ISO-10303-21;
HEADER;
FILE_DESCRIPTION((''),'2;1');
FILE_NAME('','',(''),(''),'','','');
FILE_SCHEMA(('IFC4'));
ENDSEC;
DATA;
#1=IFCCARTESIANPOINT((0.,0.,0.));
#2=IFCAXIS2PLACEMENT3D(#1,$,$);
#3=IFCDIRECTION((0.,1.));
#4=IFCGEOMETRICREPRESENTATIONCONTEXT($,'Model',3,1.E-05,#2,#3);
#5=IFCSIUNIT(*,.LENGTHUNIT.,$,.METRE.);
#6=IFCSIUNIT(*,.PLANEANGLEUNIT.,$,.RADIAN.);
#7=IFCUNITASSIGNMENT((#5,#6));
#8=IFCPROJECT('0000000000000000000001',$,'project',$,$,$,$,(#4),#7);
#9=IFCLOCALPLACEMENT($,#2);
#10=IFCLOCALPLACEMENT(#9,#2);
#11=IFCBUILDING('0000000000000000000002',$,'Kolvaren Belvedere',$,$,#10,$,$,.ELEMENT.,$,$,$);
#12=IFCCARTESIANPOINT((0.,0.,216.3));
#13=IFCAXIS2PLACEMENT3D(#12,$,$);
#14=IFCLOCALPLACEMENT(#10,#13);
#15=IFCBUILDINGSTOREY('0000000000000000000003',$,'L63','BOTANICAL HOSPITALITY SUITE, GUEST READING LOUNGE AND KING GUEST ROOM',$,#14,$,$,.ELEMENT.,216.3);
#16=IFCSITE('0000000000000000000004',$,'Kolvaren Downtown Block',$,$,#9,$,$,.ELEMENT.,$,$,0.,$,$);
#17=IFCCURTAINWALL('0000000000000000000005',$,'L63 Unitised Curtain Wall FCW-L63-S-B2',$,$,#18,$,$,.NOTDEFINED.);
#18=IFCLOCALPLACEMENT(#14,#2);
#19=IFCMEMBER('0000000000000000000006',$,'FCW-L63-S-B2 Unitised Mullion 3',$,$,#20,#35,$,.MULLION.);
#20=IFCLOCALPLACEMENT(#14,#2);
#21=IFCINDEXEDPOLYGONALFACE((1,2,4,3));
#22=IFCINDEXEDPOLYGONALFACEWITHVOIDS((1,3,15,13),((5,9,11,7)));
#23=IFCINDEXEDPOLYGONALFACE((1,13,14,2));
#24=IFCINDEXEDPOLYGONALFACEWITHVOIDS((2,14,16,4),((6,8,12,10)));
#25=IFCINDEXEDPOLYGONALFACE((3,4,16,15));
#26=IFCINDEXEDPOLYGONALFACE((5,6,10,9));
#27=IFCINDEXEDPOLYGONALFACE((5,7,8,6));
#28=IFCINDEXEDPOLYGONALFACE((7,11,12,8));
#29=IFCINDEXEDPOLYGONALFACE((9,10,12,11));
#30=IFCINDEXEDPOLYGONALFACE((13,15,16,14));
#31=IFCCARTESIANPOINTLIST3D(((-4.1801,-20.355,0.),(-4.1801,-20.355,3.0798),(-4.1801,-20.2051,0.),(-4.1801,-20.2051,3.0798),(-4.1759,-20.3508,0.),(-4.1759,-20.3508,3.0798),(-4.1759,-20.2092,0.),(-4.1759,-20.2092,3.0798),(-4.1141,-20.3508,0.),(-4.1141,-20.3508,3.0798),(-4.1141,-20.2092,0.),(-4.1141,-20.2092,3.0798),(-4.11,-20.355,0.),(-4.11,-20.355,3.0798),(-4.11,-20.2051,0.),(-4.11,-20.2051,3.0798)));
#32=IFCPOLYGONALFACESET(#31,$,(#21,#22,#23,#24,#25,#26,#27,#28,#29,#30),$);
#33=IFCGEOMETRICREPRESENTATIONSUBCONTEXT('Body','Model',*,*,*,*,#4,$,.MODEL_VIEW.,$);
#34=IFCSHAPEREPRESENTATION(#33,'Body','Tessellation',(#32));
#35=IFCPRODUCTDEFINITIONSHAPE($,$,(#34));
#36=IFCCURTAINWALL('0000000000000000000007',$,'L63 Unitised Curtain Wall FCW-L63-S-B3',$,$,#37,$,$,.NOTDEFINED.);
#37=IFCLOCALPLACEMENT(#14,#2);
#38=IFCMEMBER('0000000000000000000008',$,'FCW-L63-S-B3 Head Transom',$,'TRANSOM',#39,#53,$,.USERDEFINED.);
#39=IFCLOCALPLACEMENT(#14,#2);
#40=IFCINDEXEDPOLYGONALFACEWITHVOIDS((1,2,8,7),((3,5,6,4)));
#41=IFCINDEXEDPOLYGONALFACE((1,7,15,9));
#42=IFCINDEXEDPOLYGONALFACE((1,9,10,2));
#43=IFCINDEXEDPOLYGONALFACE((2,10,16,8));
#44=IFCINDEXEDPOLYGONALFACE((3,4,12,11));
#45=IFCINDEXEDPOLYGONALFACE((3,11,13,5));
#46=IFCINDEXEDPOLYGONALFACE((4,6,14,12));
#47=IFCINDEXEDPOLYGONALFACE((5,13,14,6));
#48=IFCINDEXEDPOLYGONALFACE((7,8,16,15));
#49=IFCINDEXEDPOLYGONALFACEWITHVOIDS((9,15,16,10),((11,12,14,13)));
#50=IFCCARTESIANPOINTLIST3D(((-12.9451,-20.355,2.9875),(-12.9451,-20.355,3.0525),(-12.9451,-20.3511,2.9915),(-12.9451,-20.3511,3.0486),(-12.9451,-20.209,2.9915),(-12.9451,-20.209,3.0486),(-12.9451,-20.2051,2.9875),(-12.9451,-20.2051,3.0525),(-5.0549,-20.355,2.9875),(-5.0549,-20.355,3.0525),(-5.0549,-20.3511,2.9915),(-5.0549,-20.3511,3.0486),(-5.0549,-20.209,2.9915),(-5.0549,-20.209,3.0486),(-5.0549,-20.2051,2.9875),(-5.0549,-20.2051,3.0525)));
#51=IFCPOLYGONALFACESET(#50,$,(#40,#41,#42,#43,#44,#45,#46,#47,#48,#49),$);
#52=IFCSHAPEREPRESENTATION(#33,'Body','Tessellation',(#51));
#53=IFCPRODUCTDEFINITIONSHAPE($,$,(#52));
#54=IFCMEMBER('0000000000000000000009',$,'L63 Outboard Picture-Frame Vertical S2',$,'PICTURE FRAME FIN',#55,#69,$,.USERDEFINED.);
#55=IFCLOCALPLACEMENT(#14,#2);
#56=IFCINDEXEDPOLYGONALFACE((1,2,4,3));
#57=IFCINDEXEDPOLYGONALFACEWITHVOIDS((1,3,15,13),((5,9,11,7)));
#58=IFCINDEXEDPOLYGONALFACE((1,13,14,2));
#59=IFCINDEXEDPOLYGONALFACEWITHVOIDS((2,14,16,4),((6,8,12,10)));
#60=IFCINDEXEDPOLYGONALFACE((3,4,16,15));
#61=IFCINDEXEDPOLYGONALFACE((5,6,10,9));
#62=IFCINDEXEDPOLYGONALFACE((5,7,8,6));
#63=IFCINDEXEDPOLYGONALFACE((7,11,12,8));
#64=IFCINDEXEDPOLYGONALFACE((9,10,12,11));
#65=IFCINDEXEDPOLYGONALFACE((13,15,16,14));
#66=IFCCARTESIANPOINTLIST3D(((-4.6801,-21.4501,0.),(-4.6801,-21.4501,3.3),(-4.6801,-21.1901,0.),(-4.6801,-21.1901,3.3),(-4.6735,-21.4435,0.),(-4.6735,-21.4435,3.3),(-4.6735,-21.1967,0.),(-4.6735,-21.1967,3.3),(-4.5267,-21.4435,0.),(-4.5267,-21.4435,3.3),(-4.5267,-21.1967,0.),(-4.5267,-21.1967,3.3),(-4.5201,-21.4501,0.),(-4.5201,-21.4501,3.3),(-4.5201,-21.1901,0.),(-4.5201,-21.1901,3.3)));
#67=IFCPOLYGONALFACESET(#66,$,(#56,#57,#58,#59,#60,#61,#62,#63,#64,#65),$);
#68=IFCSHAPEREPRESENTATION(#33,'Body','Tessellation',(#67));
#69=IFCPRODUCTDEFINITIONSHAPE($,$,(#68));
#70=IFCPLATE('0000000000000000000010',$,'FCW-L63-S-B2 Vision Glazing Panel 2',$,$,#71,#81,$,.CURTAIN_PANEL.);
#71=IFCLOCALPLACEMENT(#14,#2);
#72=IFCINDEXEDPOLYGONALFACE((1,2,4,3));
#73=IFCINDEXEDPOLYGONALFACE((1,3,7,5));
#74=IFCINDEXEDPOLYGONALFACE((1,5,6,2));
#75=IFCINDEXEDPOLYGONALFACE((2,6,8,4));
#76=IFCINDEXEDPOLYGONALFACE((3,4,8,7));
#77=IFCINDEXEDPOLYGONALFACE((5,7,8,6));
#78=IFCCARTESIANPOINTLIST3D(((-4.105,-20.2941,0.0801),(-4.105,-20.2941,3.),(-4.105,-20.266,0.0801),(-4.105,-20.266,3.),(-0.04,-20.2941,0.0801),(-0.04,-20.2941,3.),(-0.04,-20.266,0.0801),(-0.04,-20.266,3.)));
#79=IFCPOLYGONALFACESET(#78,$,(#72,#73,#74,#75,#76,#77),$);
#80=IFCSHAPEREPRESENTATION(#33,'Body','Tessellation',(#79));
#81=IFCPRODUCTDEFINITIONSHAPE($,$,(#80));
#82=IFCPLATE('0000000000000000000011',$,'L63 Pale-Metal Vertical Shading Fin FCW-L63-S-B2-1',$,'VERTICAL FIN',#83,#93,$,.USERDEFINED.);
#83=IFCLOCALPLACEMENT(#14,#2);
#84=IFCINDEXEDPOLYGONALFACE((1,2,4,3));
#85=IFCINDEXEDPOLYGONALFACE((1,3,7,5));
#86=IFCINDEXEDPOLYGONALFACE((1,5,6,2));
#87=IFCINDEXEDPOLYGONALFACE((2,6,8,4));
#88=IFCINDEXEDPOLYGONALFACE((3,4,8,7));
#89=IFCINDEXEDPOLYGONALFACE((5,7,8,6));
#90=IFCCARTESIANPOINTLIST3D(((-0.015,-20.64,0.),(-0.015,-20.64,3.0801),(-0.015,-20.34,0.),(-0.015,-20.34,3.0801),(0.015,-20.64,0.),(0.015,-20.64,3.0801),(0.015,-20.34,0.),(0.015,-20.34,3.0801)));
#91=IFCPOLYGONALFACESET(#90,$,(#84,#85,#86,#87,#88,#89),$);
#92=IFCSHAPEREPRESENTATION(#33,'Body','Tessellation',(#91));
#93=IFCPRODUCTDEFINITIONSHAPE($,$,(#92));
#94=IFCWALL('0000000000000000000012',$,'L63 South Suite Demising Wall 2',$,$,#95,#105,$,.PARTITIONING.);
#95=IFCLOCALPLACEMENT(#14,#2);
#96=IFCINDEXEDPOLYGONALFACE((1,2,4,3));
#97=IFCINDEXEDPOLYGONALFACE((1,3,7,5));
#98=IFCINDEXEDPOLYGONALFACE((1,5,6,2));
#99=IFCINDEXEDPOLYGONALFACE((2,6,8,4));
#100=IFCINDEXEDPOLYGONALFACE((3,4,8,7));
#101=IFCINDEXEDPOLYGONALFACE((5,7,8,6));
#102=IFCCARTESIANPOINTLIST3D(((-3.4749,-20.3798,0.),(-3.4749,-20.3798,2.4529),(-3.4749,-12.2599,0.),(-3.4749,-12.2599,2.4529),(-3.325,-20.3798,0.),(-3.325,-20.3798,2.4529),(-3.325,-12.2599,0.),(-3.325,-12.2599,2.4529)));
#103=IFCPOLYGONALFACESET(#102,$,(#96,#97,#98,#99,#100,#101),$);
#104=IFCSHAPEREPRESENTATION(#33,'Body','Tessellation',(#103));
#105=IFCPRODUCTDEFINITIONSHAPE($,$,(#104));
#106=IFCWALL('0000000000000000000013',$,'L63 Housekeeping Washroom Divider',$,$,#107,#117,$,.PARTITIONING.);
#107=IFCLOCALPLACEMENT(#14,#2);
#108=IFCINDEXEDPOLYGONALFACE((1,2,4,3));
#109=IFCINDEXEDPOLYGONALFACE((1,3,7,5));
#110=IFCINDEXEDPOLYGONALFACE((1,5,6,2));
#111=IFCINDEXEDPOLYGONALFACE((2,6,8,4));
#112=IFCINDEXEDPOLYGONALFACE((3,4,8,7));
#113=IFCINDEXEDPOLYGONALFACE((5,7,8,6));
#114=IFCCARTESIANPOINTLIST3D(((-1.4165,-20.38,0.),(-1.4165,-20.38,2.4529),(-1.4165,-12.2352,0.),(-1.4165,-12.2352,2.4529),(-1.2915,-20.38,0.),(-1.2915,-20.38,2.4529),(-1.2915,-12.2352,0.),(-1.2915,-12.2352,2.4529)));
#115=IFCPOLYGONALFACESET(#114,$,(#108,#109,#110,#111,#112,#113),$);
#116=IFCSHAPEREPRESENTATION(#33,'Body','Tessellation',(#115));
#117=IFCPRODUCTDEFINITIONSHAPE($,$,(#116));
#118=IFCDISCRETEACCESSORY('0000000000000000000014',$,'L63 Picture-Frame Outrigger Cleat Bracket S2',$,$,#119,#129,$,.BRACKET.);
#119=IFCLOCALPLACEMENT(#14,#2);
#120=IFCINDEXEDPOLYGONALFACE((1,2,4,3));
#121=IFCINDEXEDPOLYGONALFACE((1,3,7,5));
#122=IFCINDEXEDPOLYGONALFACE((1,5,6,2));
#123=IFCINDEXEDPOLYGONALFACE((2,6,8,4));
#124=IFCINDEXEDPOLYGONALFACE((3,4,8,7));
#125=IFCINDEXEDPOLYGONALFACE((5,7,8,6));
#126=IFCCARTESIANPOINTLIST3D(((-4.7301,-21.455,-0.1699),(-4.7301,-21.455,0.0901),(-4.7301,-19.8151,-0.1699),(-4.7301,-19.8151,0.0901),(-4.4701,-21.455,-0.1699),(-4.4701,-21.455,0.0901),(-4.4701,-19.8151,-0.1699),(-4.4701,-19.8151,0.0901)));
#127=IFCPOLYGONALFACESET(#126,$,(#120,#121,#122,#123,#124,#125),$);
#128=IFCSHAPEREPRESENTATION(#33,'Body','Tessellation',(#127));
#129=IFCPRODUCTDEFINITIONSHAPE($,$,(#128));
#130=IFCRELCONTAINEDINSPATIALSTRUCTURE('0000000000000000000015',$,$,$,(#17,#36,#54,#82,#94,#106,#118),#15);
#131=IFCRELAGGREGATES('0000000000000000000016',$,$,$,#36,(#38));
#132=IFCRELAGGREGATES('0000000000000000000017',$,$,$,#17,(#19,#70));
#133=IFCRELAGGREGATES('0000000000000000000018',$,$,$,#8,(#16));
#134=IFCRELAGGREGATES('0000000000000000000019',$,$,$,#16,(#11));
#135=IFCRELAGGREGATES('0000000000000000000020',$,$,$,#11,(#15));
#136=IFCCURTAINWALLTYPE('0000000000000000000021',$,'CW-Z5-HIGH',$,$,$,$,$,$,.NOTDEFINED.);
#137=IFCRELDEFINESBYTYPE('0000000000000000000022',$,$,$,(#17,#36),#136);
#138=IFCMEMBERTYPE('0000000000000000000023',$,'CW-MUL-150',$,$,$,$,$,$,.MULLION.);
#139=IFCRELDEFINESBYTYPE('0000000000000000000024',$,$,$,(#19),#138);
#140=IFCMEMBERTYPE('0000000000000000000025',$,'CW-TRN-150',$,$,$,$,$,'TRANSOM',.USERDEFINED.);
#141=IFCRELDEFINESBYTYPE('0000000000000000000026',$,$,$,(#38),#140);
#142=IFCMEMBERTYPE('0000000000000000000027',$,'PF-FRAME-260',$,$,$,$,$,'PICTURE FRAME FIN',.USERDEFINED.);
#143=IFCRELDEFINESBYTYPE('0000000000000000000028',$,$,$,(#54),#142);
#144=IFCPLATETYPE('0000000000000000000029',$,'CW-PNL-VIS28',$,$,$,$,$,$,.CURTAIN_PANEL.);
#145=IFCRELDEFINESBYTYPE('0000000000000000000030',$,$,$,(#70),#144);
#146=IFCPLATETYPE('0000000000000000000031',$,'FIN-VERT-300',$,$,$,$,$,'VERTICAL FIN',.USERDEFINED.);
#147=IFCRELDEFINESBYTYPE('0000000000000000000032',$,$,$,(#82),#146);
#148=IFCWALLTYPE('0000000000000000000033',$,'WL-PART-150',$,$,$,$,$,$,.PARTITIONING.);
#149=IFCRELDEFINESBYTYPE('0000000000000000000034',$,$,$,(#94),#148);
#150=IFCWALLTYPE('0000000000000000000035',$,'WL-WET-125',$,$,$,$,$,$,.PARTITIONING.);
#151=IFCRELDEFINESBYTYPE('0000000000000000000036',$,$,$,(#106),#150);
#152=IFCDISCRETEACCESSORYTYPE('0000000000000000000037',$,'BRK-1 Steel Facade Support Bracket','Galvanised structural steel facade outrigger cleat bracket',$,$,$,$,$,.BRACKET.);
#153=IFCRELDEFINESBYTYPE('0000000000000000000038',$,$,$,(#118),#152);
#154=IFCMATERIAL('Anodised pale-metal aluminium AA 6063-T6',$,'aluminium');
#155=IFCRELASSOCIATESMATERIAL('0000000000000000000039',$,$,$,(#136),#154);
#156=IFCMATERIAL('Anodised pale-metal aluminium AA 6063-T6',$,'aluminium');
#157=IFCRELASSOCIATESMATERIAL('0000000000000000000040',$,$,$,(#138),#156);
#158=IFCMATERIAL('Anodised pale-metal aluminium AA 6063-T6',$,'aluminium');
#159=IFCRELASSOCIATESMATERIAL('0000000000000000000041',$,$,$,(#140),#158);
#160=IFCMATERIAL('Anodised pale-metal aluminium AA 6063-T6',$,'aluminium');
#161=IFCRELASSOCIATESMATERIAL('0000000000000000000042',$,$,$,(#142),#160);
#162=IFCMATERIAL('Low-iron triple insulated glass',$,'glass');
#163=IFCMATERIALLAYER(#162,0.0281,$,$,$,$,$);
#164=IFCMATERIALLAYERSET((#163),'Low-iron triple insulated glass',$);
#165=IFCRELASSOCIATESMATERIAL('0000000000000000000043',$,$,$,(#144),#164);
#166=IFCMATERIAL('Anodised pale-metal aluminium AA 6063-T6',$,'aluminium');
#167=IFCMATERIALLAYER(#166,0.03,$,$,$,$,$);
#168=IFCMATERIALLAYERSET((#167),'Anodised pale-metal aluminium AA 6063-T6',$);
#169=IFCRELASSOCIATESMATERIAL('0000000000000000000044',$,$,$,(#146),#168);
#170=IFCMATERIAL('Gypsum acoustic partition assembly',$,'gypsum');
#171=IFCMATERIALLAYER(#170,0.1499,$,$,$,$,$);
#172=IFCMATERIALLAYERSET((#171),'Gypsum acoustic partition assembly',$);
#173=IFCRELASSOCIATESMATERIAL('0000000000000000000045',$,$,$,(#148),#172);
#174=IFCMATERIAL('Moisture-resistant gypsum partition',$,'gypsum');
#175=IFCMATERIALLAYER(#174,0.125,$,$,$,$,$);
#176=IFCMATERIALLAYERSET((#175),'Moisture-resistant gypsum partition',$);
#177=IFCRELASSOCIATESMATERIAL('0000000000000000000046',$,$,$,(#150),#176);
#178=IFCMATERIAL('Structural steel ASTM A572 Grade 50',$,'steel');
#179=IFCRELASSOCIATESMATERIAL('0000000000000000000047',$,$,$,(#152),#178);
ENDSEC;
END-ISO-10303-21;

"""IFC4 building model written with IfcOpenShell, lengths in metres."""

from ifc_helpers import new_model, si_unit, direction, frame, frame_2d, origin, origin_2d, place, context, subcontext, project, spatial, rectangle, hollow_rectangle, extrude, material, layer, layer_set, material_profile, profile_set, type_object, element, aggregate, save


model = new_model("IFC4")

# Units and contexts
model_context = context("Model", 3, precision=1e-05, world=origin(), true_north=direction((0.0, 1.0)))
body_context = subcontext(model_context, "Body", "Model", "MODEL_VIEW")
ifc_project = project(units=[si_unit("LENGTHUNIT", "METRE"), si_unit("PLANEANGLEUNIT", "RADIAN")], contexts=[model_context])

# Site, building, storey
site_placement = place(None, origin())
site = spatial("IfcSite", under=ifc_project, at=site_placement, Name="Kolvaren Downtown Block", CompositionType="ELEMENT", RefElevation=0.0)
building_placement = place(site_placement, origin())
building = spatial("IfcBuilding", under=site, at=building_placement, Name="Kolvaren Belvedere", CompositionType="ELEMENT")
storey_placement = place(building_placement, frame((0.0, 0.0, 216.3)))
storey = spatial("IfcBuildingStorey", under=building, at=storey_placement, Name="L63", Description="BOTANICAL HOSPITALITY SUITE, GUEST READING LOUNGE AND KING GUEST ROOM", CompositionType="ELEMENT", Elevation=216.3)

# Curtain wall, member
ifc_material_1 = material(Name="Anodised pale-metal aluminium AA 6063-T6", Category="aluminium")
curtain_wall_type = type_object("IfcCurtainWallType", Name="CW-Z5-HIGH", PredefinedType="NOTDEFINED", material=ifc_material_1)
curtain_wall_1_placement = place(storey_placement, origin())
curtain_wall_1 = element("IfcCurtainWall", 1, at=curtain_wall_1_placement, inside=storey, type_object=curtain_wall_type, Name="L63 Unitised Curtain Wall FCW-L63-S-B2", PredefinedType="NOTDEFINED")
ifc_material_2 = material(Name="Anodised pale-metal aluminium AA 6063-T6", Category="aluminium")
ifc_material_profile_1 = material_profile(ifc_material_2, hollow_rectangle(XDim=0.0701, YDim=0.1499, WallThickness=0.0042, at=origin_2d()), Name="ALU-MUL-150X70")
ifc_profile_set_1 = profile_set([ifc_material_profile_1], Name="Anodised pale-metal aluminium AA 6063-T6")
member_type_1 = type_object("IfcMemberType", Name="CW-MUL-150", PredefinedType="MULLION", material=ifc_profile_set_1)
member_1_placement = place(storey_placement, frame((-4.145, -20.28, 0.0), z_axis=(0.0, 0.0, 1.0), x_axis=(1.0, 0.0, 0.0)))
member_1 = element("IfcMember", 2, at=member_1_placement, type_object=member_type_1, Name="FCW-L63-S-B2 Unitised Mullion 3", PredefinedType="MULLION", context=body_context, shape_type="SweptSolid", body=[
    extrude(hollow_rectangle(XDim=0.0701, YDim=0.1499, WallThickness=0.0042, at=origin_2d()), origin(), (0.0, 0.0, 1.0), 3.0798),
])

# Curtain wall, member
curtain_wall_2_placement = place(storey_placement, origin())
curtain_wall_2 = element("IfcCurtainWall", 3, at=curtain_wall_2_placement, inside=storey, type_object=curtain_wall_type, Name="L63 Unitised Curtain Wall FCW-L63-S-B3", PredefinedType="NOTDEFINED")
ifc_material_3 = material(Name="Anodised pale-metal aluminium AA 6063-T6", Category="aluminium")
ifc_material_profile_2 = material_profile(ifc_material_3, hollow_rectangle(XDim=0.0649, YDim=0.1499, WallThickness=0.0039, at=origin_2d()), Name="ALU-TRN-150X65")
ifc_profile_set_2 = profile_set([ifc_material_profile_2], Name="Anodised pale-metal aluminium AA 6063-T6")
member_type_2 = type_object("IfcMemberType", Name="CW-TRN-150", ElementType="TRANSOM", PredefinedType="USERDEFINED", material=ifc_profile_set_2)
member_2_placement = place(storey_placement, frame((-5.0549, -20.28, 3.02), z_axis=(-1.0, 0.0, 0.0), x_axis=(0.0, 0.0, 1.0)))
member_2 = element("IfcMember", 4, at=member_2_placement, type_object=member_type_2, Name="FCW-L63-S-B3 Head Transom", ObjectType="TRANSOM", PredefinedType="USERDEFINED", context=body_context, shape_type="SweptSolid", body=[
    extrude(hollow_rectangle(XDim=0.0649, YDim=0.1499, WallThickness=0.0039, at=origin_2d()), origin(), (0.0, 0.0, 1.0), 7.8901),
])
aggregate(curtain_wall_2, [member_2])

# Member
ifc_material_4 = material(Name="Anodised pale-metal aluminium AA 6063-T6", Category="aluminium")
ifc_material_profile_3 = material_profile(ifc_material_4, hollow_rectangle(XDim=0.1599, YDim=0.26, WallThickness=0.0066, at=origin_2d()), Name="ALU-PF-260X160")
ifc_profile_set_3 = profile_set([ifc_material_profile_3], Name="Anodised pale-metal aluminium AA 6063-T6")
member_type_3 = type_object("IfcMemberType", Name="PF-FRAME-260", ElementType="PICTURE FRAME FIN", PredefinedType="USERDEFINED", material=ifc_profile_set_3)
member_3_placement = place(storey_placement, frame((-4.6001, -21.3201, 0.0), z_axis=(0.0, 0.0, 1.0), x_axis=(1.0, 0.0, 0.0)))
element("IfcMember", 5, at=member_3_placement, inside=storey, type_object=member_type_3, Name="L63 Outboard Picture-Frame Vertical S2", ObjectType="PICTURE FRAME FIN", PredefinedType="USERDEFINED", context=body_context, shape_type="SweptSolid", body=[
    extrude(hollow_rectangle(XDim=0.1599, YDim=0.26, WallThickness=0.0066, at=origin_2d()), origin(), (0.0, 0.0, 1.0), 3.3),
])

# Plates
ifc_material_5 = material(Name="Low-iron triple insulated glass", Category="glass")
ifc_layer_1 = layer(ifc_material_5, 0.0281)
ifc_layer_set_1 = layer_set([ifc_layer_1], Name="Low-iron triple insulated glass")
plate_type_1 = type_object("IfcPlateType", Name="CW-PNL-VIS28", PredefinedType="CURTAIN_PANEL", material=ifc_layer_set_1)
plate_1_placement = place(storey_placement, frame((-2.0725, -20.28, 0.0801), z_axis=(0.0, 0.0, 1.0), x_axis=(-1.0, 0.0, 0.0)))
plate_1 = element("IfcPlate", 6, at=plate_1_placement, type_object=plate_type_1, Name="FCW-L63-S-B2 Vision Glazing Panel 2", PredefinedType="CURTAIN_PANEL", context=body_context, shape_type="SweptSolid", body=[
    extrude(rectangle(XDim=4.0649, YDim=0.0281, at=origin_2d()), origin(), (0.0, 0.0, 1.0), 2.9199),
])
aggregate(curtain_wall_1, [member_1, plate_1])
ifc_material_6 = material(Name="Anodised pale-metal aluminium AA 6063-T6", Category="aluminium")
ifc_layer_2 = layer(ifc_material_6, 0.03)
ifc_layer_set_2 = layer_set([ifc_layer_2], Name="Anodised pale-metal aluminium AA 6063-T6")
plate_type_2 = type_object("IfcPlateType", Name="FIN-VERT-300", ElementType="VERTICAL FIN", PredefinedType="USERDEFINED", material=ifc_layer_set_2)
plate_2_placement = place(storey_placement, frame((0.0, -20.49, 0.0), z_axis=(0.0, 0.0, 1.0), x_axis=(0.0, 1.0, 0.0)))
element("IfcPlate", 7, at=plate_2_placement, inside=storey, type_object=plate_type_2, Name="L63 Pale-Metal Vertical Shading Fin FCW-L63-S-B2-1", ObjectType="VERTICAL FIN", PredefinedType="USERDEFINED", context=body_context, shape_type="SweptSolid", body=[
    extrude(rectangle(XDim=0.3, YDim=0.03, at=origin_2d()), origin(), (0.0, 0.0, 1.0), 3.0801),
])

# Walls
ifc_material_7 = material(Name="Gypsum acoustic partition assembly", Category="gypsum")
ifc_layer_3 = layer(ifc_material_7, 0.1499)
ifc_layer_set_3 = layer_set([ifc_layer_3], Name="Gypsum acoustic partition assembly")
wall_type_1 = type_object("IfcWallType", Name="WL-PART-150", PredefinedType="PARTITIONING", material=ifc_layer_set_3)
wall_1_placement = place(storey_placement, frame((-3.3999, -20.3799, 0.0), z_axis=(0.0, 0.0, 1.0), x_axis=(0.0, 1.0, 0.0)))
element("IfcWall", 8, at=wall_1_placement, inside=storey, type_object=wall_type_1, Name="L63 South Suite Demising Wall 2", PredefinedType="PARTITIONING", context=body_context, shape_type="SweptSolid", body=[
    extrude(rectangle(XDim=8.1199, YDim=0.1499, at=frame_2d((4.0601, 0.0))), origin(), (0.0, 0.0, 1.0), 2.4529),
])
ifc_material_8 = material(Name="Moisture-resistant gypsum partition", Category="gypsum")
ifc_layer_4 = layer(ifc_material_8, 0.125)
ifc_layer_set_4 = layer_set([ifc_layer_4], Name="Moisture-resistant gypsum partition")
wall_type_2 = type_object("IfcWallType", Name="WL-WET-125", PredefinedType="PARTITIONING", material=ifc_layer_set_4)
wall_2_placement = place(storey_placement, frame((-1.354, -20.3799, 0.0), z_axis=(0.0, 0.0, 1.0), x_axis=(0.0, 1.0, 0.0)))
element("IfcWall", 9, at=wall_2_placement, inside=storey, type_object=wall_type_2, Name="L63 Housekeeping Washroom Divider", PredefinedType="PARTITIONING", context=body_context, shape_type="SweptSolid", body=[
    extrude(rectangle(XDim=8.1448, YDim=0.125, at=frame_2d((4.0723, 0.0))), origin(), (0.0, 0.0, 1.0), 2.4529),
])

# Discrete accessory
ifc_material_9 = material(Name="Structural steel ASTM A572 Grade 50", Category="steel")
discrete_accessory_type = type_object("IfcDiscreteAccessoryType", Name="BRK-1 Steel Facade Support Bracket", Description="Galvanised structural steel facade outrigger cleat bracket", PredefinedType="BRACKET", material=ifc_material_9)
discrete_accessory_placement = place(storey_placement, frame((-4.6001, -20.635, -0.1699), z_axis=(0.0, 0.0, 1.0), x_axis=(0.0, 1.0, 0.0)))
element("IfcDiscreteAccessory", 10, at=discrete_accessory_placement, inside=storey, type_object=discrete_accessory_type, Name="L63 Picture-Frame Outrigger Cleat Bracket S2", PredefinedType="BRACKET", context=body_context, shape_type="SweptSolid", body=[
    extrude(rectangle(XDim=1.6399, YDim=0.26, at=origin_2d()), origin(), (0.0, 0.0, 1.0), 0.26),
])

save(model, "model.ifc")
